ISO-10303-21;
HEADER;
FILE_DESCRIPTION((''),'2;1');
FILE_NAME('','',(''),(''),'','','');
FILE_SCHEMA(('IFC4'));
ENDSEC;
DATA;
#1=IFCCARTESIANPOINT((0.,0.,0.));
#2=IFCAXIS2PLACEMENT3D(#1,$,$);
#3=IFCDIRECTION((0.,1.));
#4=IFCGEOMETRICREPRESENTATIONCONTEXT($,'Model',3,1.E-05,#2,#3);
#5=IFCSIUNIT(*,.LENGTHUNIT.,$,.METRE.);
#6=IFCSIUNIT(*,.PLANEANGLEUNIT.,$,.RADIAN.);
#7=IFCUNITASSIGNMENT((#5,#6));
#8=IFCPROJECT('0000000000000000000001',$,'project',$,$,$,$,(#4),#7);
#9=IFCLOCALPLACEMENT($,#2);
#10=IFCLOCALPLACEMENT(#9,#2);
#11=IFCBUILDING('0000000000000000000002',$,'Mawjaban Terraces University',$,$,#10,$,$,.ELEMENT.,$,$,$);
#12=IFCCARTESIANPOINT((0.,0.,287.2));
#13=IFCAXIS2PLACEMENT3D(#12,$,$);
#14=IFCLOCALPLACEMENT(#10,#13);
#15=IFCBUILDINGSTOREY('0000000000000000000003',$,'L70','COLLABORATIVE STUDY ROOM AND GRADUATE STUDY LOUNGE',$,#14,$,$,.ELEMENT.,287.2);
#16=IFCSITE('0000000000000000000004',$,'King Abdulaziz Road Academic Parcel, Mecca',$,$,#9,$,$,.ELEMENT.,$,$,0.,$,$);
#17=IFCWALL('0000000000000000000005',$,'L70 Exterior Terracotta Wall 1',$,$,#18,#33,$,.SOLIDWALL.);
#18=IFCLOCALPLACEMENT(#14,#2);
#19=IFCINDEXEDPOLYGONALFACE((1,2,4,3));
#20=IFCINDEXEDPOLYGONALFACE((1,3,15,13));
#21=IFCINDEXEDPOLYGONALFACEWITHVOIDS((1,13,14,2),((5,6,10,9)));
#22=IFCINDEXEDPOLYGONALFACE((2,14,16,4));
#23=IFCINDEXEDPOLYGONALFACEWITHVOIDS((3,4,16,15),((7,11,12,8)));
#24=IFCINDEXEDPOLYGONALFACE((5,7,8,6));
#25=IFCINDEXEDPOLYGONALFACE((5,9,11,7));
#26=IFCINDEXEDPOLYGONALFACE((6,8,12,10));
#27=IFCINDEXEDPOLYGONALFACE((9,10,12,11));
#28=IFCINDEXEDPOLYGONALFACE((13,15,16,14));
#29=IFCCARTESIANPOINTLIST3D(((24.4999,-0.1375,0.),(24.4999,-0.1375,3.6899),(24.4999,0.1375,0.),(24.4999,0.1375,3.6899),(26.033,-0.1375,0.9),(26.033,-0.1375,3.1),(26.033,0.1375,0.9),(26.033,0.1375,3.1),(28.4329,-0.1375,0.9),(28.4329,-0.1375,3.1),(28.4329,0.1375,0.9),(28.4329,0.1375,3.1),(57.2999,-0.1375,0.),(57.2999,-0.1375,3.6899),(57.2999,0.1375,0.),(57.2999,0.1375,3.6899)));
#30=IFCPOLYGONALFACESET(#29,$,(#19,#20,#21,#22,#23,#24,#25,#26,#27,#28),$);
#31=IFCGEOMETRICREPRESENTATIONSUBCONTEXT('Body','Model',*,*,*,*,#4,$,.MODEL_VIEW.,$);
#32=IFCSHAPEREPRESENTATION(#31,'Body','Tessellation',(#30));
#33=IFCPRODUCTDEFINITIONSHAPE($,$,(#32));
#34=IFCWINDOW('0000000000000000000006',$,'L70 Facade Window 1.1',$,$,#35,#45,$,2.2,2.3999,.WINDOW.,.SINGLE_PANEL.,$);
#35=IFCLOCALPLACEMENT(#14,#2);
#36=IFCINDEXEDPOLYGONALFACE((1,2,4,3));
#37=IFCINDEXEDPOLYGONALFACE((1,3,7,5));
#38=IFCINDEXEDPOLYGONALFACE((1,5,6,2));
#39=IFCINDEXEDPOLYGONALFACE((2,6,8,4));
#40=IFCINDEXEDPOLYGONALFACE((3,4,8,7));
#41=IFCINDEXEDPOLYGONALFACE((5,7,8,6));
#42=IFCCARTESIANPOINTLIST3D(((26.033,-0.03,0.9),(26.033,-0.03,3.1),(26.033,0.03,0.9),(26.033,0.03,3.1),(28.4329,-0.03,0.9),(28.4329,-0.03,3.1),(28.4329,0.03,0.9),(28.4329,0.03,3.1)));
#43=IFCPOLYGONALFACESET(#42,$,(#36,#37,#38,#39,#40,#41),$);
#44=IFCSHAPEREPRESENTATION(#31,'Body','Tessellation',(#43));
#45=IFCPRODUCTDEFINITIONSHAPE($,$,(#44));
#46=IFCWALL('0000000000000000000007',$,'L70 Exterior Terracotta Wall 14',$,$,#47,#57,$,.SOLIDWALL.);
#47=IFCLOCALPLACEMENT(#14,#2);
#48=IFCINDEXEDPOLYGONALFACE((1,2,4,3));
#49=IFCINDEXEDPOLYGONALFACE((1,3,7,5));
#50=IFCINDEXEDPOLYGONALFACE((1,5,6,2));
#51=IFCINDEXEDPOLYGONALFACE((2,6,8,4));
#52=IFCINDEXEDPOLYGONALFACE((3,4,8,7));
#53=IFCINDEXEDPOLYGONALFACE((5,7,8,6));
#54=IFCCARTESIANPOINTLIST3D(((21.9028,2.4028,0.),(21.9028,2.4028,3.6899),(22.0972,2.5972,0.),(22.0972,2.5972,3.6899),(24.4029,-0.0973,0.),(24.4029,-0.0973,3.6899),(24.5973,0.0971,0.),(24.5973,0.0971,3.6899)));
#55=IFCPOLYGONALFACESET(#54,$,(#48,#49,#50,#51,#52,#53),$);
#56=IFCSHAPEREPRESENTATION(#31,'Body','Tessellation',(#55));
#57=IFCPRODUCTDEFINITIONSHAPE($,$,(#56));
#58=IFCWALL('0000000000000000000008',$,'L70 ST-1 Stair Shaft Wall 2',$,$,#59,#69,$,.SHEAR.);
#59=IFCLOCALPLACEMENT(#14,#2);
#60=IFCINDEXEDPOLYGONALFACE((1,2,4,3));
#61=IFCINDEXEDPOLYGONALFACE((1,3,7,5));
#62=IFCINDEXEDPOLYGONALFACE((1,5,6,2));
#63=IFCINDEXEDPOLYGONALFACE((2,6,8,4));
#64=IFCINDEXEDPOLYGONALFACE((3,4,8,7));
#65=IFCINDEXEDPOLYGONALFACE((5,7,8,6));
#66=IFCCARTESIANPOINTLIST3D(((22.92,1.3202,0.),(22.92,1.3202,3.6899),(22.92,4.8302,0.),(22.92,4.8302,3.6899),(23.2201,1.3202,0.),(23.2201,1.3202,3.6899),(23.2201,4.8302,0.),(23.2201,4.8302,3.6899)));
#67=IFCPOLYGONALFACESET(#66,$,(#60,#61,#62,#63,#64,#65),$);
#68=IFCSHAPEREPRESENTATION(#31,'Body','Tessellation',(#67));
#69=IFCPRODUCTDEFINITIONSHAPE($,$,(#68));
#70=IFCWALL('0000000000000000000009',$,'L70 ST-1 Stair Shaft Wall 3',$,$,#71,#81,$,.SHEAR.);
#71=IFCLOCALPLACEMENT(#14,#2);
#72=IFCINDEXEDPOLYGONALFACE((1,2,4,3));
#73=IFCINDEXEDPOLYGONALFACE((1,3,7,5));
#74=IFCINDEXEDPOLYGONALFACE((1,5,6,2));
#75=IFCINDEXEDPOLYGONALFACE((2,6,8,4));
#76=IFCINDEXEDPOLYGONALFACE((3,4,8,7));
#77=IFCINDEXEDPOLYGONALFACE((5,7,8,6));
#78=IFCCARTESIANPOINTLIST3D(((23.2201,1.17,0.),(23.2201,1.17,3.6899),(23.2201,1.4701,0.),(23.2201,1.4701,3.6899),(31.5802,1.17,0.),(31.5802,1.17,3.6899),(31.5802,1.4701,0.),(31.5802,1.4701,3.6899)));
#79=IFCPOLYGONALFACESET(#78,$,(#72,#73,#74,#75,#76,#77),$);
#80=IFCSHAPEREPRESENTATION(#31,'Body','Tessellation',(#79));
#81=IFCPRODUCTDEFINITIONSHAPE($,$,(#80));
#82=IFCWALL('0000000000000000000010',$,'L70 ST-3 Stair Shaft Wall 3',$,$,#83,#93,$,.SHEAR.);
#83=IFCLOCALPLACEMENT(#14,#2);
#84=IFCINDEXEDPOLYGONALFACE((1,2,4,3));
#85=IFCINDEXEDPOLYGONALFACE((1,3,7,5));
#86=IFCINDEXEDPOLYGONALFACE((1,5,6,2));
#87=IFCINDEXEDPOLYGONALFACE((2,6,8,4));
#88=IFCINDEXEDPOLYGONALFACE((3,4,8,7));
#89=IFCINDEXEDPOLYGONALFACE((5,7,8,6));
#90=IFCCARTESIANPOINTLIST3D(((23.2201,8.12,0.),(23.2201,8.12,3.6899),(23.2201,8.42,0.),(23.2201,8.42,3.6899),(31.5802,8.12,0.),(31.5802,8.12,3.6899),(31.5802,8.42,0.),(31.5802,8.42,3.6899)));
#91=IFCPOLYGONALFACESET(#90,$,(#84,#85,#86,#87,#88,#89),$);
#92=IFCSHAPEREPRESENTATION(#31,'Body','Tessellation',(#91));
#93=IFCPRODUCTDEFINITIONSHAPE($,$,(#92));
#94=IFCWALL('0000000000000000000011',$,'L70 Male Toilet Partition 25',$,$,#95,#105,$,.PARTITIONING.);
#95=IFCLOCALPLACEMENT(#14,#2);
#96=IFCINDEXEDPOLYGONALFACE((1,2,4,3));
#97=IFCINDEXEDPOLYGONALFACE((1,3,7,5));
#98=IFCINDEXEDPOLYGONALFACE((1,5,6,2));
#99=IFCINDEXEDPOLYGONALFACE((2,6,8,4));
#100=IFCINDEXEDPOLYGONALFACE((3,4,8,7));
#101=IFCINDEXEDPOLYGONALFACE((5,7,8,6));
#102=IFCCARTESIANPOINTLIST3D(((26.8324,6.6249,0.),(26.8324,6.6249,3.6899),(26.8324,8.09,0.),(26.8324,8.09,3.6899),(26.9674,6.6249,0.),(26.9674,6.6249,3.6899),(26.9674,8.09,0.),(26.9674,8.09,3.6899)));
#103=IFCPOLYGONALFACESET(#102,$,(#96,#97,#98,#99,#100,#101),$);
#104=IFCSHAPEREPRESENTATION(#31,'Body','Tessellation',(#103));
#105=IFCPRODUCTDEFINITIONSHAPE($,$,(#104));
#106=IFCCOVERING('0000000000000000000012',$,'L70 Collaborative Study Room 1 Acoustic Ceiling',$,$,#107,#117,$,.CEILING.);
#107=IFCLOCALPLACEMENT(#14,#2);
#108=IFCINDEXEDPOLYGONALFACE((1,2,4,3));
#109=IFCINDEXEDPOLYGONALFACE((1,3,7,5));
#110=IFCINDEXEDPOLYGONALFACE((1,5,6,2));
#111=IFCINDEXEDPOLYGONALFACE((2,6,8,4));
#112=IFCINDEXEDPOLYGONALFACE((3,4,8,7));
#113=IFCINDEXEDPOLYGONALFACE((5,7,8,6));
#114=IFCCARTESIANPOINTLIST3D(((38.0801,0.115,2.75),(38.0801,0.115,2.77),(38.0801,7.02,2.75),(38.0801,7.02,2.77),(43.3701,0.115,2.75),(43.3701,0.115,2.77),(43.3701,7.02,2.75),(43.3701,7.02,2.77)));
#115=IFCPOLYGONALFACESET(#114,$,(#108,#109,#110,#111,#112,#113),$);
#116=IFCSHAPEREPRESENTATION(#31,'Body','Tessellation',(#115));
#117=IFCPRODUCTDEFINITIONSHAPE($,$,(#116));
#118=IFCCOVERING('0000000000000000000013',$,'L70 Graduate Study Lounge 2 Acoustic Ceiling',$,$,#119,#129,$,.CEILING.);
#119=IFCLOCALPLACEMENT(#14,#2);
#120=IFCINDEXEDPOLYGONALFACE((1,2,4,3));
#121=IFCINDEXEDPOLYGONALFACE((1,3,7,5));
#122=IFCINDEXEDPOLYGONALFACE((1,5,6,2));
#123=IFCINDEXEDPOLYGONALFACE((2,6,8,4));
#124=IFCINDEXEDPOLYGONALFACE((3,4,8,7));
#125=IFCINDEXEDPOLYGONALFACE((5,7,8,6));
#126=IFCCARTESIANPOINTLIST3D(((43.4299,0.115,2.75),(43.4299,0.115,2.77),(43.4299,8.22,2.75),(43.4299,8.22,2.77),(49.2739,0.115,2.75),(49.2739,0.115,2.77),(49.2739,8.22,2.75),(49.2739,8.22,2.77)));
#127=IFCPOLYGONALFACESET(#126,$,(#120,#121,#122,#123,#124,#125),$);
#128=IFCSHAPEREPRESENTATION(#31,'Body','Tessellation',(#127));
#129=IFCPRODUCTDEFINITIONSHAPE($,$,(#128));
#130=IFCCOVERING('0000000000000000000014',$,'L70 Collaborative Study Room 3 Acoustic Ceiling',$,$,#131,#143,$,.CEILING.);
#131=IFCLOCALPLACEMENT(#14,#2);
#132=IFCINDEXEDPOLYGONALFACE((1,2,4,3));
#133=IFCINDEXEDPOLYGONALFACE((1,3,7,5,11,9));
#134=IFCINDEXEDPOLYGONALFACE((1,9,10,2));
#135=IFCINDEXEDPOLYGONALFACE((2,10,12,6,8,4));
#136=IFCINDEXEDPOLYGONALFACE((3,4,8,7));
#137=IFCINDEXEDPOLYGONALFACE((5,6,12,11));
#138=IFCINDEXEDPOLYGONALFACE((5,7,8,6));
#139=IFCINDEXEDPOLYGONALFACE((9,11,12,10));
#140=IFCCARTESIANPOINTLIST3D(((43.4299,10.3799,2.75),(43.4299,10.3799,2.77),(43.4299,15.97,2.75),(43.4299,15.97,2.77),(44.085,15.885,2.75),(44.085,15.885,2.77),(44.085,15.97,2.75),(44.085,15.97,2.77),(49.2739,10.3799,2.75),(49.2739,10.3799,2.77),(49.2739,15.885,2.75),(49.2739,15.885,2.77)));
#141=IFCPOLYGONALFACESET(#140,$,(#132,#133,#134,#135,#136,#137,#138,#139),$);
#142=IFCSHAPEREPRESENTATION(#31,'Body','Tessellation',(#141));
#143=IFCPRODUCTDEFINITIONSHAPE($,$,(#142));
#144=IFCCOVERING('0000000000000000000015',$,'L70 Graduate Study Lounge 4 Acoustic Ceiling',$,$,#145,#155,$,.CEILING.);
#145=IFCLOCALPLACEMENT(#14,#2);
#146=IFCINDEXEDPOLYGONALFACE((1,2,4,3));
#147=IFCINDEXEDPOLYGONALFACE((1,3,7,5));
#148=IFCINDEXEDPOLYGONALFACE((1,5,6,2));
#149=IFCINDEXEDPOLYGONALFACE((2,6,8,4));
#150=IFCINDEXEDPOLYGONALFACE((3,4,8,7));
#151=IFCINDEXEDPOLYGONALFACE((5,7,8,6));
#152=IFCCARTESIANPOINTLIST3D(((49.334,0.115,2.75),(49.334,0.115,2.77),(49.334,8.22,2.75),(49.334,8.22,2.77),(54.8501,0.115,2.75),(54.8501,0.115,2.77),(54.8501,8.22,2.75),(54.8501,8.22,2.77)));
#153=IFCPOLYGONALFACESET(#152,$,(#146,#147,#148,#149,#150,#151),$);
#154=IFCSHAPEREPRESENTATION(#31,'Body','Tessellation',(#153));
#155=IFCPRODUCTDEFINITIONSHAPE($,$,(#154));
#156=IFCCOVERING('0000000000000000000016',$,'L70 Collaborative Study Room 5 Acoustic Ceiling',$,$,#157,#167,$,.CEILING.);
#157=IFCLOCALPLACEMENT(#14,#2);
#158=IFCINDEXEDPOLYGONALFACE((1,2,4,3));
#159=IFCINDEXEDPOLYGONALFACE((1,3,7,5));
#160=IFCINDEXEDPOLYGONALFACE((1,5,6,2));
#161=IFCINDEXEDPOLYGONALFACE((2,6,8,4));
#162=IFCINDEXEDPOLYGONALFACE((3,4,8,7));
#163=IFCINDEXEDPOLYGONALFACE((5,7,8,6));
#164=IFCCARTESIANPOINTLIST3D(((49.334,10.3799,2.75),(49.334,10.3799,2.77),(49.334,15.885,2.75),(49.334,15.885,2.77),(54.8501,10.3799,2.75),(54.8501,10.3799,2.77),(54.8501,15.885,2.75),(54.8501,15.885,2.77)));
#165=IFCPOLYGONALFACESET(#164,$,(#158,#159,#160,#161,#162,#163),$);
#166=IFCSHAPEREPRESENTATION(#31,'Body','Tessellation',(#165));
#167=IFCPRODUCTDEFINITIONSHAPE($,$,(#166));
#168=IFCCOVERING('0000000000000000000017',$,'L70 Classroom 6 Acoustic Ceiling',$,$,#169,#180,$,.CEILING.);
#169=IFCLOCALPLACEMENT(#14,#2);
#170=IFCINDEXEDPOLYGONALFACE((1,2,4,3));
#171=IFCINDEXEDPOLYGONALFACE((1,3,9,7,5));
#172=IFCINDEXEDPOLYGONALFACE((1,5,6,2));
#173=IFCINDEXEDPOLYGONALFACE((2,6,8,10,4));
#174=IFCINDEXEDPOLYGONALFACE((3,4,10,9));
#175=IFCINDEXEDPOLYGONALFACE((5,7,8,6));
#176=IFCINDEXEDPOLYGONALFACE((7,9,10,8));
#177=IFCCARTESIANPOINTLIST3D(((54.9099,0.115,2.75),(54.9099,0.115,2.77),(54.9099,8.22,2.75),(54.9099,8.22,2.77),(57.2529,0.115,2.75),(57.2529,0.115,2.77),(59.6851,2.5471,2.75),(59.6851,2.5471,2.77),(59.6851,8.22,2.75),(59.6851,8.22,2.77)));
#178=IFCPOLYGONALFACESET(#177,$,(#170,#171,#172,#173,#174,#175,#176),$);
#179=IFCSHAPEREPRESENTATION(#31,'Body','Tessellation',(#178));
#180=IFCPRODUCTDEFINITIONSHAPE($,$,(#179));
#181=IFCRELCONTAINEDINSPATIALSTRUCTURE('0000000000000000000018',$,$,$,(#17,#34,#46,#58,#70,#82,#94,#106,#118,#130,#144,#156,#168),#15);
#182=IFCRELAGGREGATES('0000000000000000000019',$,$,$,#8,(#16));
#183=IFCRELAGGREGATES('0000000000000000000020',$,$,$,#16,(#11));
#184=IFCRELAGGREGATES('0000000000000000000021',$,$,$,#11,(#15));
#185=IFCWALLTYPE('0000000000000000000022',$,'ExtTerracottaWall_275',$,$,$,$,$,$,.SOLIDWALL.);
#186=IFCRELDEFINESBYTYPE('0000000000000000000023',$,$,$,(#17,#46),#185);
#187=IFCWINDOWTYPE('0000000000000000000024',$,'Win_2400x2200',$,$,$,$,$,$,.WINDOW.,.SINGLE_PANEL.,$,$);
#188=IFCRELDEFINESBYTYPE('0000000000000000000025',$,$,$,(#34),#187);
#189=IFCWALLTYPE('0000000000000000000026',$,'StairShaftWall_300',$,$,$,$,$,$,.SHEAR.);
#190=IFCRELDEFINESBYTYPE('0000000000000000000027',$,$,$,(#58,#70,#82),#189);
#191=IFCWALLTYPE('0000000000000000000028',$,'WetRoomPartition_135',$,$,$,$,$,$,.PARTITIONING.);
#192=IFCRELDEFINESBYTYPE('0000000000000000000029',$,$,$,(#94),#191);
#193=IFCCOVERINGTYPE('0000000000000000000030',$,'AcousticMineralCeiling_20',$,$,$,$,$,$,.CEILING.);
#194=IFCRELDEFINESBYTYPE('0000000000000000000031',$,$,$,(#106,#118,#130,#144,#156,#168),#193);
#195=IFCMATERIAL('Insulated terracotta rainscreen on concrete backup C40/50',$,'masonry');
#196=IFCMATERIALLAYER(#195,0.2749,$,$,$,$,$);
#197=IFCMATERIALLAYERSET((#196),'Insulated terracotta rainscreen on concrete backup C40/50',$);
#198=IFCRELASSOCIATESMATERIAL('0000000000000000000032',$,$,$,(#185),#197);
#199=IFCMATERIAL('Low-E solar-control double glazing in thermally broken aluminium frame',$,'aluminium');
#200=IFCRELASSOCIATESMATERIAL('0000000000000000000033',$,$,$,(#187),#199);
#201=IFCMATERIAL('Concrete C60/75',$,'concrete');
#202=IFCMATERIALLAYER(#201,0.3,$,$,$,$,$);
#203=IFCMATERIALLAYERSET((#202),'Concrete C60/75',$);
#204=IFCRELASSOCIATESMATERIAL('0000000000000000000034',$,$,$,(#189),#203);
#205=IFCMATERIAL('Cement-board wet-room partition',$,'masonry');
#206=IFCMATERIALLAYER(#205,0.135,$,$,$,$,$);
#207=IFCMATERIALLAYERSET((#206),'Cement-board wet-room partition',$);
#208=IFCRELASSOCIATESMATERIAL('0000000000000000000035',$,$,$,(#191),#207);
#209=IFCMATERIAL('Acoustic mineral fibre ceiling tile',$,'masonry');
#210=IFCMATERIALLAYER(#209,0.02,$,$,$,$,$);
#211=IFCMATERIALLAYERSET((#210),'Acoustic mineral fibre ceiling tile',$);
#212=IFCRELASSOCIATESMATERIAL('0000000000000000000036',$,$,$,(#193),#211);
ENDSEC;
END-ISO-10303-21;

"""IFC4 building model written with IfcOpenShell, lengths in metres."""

from ifc_helpers import new_model, si_unit, direction, frame, frame_2d, origin, place, context, subcontext, project, spatial, polyline, rectangle, outline, extrude, material, layer, layer_set, type_object, element, fill, save


model = new_model("IFC4")

# Units and contexts
model_context = context("Model", 3, precision=1e-05, world=origin(), true_north=direction((0.0, 1.0)))
body_context = subcontext(model_context, "Body", "Model", "MODEL_VIEW")
ifc_project = project(units=[si_unit("LENGTHUNIT", "METRE"), si_unit("PLANEANGLEUNIT", "RADIAN")], contexts=[model_context])

# Site, building, storey
site_placement = place(None, origin())
site = spatial("IfcSite", under=ifc_project, at=site_placement, Name="King Abdulaziz Road Academic Parcel, Mecca", CompositionType="ELEMENT", RefElevation=0.0)
building_placement = place(site_placement, origin())
building = spatial("IfcBuilding", under=site, at=building_placement, Name="Mawjaban Terraces University", CompositionType="ELEMENT")
storey_placement = place(building_placement, frame((0.0, 0.0, 287.2)))
storey = spatial("IfcBuildingStorey", under=building, at=storey_placement, Name="L70", Description="COLLABORATIVE STUDY ROOM AND GRADUATE STUDY LOUNGE", CompositionType="ELEMENT", Elevation=287.2)

# Wall, opening, window
ifc_material_1 = material(Name="Insulated terracotta rainscreen on concrete backup C40/50", Category="masonry")
ifc_layer_1 = layer(ifc_material_1, 0.2749)
ifc_layer_set_1 = layer_set([ifc_layer_1], Name="Insulated terracotta rainscreen on concrete backup C40/50")
wall_type_1 = type_object("IfcWallType", Name="ExtTerracottaWall_275", PredefinedType="SOLIDWALL", material=ifc_layer_set_1)
wall_1_placement = place(storey_placement, frame((24.5, 0.0, 0.0), z_axis=(0.0, 0.0, 1.0), x_axis=(1.0, 0.0, 0.0)))
wall_1 = element("IfcWall", 1, at=wall_1_placement, inside=storey, type_object=wall_type_1, Name="L70 Exterior Terracotta Wall 1", PredefinedType="SOLIDWALL", context=body_context, shape_type="SweptSolid", body=[
    extrude(rectangle(XDim=32.8, YDim=0.2749, at=frame_2d((16.3999, 0.0))), origin(), (0.0, 0.0, 1.0), 3.6899),
])
opening_1_placement = place(wall_1_placement, frame((1.533, 0.0, 0.8999)))
opening_1 = element("IfcOpeningElement", 2, at=opening_1_placement, cuts=wall_1, PredefinedType="OPENING", context=body_context, shape_type="SweptSolid", body=[
    extrude(rectangle(XDim=2.3999, YDim=2.2, at=frame_2d((1.2, 1.1001))), frame((0.0, 0.1475, 0.0), z_axis=(0.0, -1.0, 0.0), x_axis=(1.0, 0.0, 0.0)), (0.0, 0.0, 1.0), 0.2949),
])
ifc_material_2 = material(Name="Low-E solar-control double glazing in thermally broken aluminium frame", Category="aluminium")
window_type = type_object("IfcWindowType", Name="Win_2400x2200", PartitioningType="SINGLE_PANEL", PredefinedType="WINDOW", material=ifc_material_2)
window_placement = place(opening_1_placement, origin())
window = element("IfcWindow", 3, at=window_placement, inside=storey, type_object=window_type, Name="L70 Facade Window 1.1", OverallHeight=2.2, OverallWidth=2.3999, PartitioningType="SINGLE_PANEL", PredefinedType="WINDOW", context=body_context, shape_type="SweptSolid", body=[
    extrude(rectangle(XDim=2.3999, YDim=2.2, at=frame_2d((1.2, 1.1001))), frame((0.0, 0.03, 0.0), z_axis=(0.0, -1.0, 0.0), x_axis=(1.0, 0.0, 0.0)), (0.0, 0.0, 1.0), 0.0601),
])
fill(opening_1, window)

# Walls
wall_2_placement = place(storey_placement, frame((22.0, 2.5, 0.0), z_axis=(0.0, 0.0, 1.0), x_axis=(0.707107, -0.707107, 0.0)))
element("IfcWall", 4, at=wall_2_placement, inside=storey, type_object=wall_type_1, Name="L70 Exterior Terracotta Wall 14", PredefinedType="SOLIDWALL", context=body_context, shape_type="SweptSolid", body=[
    extrude(rectangle(XDim=3.5356, YDim=0.2749, at=frame_2d((1.7678, 0.0))), origin(), (0.0, 0.0, 1.0), 3.6899),
])
ifc_material_3 = material(Name="Concrete C60/75", Category="concrete")
ifc_layer_2 = layer(ifc_material_3, 0.3)
ifc_layer_set_2 = layer_set([ifc_layer_2], Name="Concrete C60/75")
wall_type_2 = type_object("IfcWallType", Name="StairShaftWall_300", PredefinedType="SHEAR", material=ifc_layer_set_2)
wall_3_placement = place(storey_placement, frame((23.0701, 4.8301, 0.0), z_axis=(0.0, 0.0, 1.0), x_axis=(0.0, -1.0, 0.0)))
element("IfcWall", 5, at=wall_3_placement, inside=storey, type_object=wall_type_2, Name="L70 ST-1 Stair Shaft Wall 2", PredefinedType="SHEAR", context=body_context, shape_type="SweptSolid", body=[
    extrude(rectangle(XDim=3.51, YDim=0.3, at=frame_2d((1.7549, 0.0))), origin(), (0.0, 0.0, 1.0), 3.6899),
])
for number, where, z_axis, x_axis, name in (
    (6, (23.22, 1.3201, 0.0), (0.0, 0.0, 1.0), (1.0, 0.0, 0.0), "L70 ST-1 Stair Shaft Wall 3"),
    (7, (23.22, 8.27, 0.0), (0.0, 0.0, 1.0), (1.0, 0.0, 0.0), "L70 ST-3 Stair Shaft Wall 3"),
):
    element("IfcWall", number, at=place(storey_placement, frame(where, z_axis=z_axis, x_axis=x_axis)), inside=storey, type_object=wall_type_2, Name=name, PredefinedType="SHEAR", context=body_context, shape_type="SweptSolid", body=[
        extrude(rectangle(XDim=8.3601, YDim=0.3, at=frame_2d((4.1802, 0.0))), origin(), (0.0, 0.0, 1.0), 3.6899),
    ])
ifc_material_4 = material(Name="Cement-board wet-room partition", Category="masonry")
ifc_layer_3 = layer(ifc_material_4, 0.135)
ifc_layer_set_3 = layer_set([ifc_layer_3], Name="Cement-board wet-room partition")
wall_type_3 = type_object("IfcWallType", Name="WetRoomPartition_135", PredefinedType="PARTITIONING", material=ifc_layer_set_3)
wall_4_placement = place(storey_placement, frame((26.8999, 6.625, 0.0), z_axis=(0.0, 0.0, 1.0), x_axis=(0.0, 1.0, 0.0)))
element("IfcWall", 8, at=wall_4_placement, inside=storey, type_object=wall_type_3, Name="L70 Male Toilet Partition 25", PredefinedType="PARTITIONING", context=body_context, shape_type="SweptSolid", body=[
    extrude(rectangle(XDim=1.4651, YDim=0.135, at=frame_2d((0.7324, 0.0))), origin(), (0.0, 0.0, 1.0), 3.6899),
])

# Coverings
ifc_material_5 = material(Name="Acoustic mineral fibre ceiling tile", Category="masonry")
ifc_layer_4 = layer(ifc_material_5, 0.02)
ifc_layer_set_4 = layer_set([ifc_layer_4], Name="Acoustic mineral fibre ceiling tile")
covering_type_1 = type_object("IfcCoveringType", Name="AcousticMineralCeiling_20", PredefinedType="CEILING", material=ifc_layer_set_4)
covering_1_placement = place(storey_placement, frame((0.0, 0.0, 2.75)))
element("IfcCovering", 9, at=covering_1_placement, inside=storey, type_object=covering_type_1, Name="L70 Collaborative Study Room 1 Acoustic Ceiling", PredefinedType="CEILING", context=body_context, shape_type="SweptSolid", body=[
    extrude(outline(polyline([(38.0801, 7.02), (38.0801, 0.115), (43.3701, 0.115), (43.3701, 7.02), (38.0801, 7.02)])), origin(), (0.0, 0.0, 1.0), 0.02),
])
covering_2_placement = place(storey_placement, frame((0.0, 0.0, 2.75)))
element("IfcCovering", 10, at=covering_2_placement, inside=storey, type_object=covering_type_1, Name="L70 Graduate Study Lounge 2 Acoustic Ceiling", PredefinedType="CEILING", context=body_context, shape_type="SweptSolid", body=[
    extrude(outline(polyline([(43.4299, 0.115), (49.2739, 0.115), (49.2739, 8.22), (43.4299, 8.22), (43.4299, 0.115)])), origin(), (0.0, 0.0, 1.0), 0.02),
])
covering_3_placement = place(storey_placement, frame((0.0, 0.0, 2.75)))
element("IfcCovering", 11, at=covering_3_placement, inside=storey, type_object=covering_type_1, Name="L70 Collaborative Study Room 3 Acoustic Ceiling", PredefinedType="CEILING", context=body_context, shape_type="SweptSolid", body=[
    extrude(outline(polyline([(49.2739, 15.885), (44.085, 15.885), (44.085, 15.97), (43.4299, 15.97), (43.4299, 10.3799), (49.2739, 10.3799), (49.2739, 15.885)])), origin(), (0.0, 0.0, 1.0), 0.02),
])
covering_4_placement = place(storey_placement, frame((0.0, 0.0, 2.75)))
element("IfcCovering", 12, at=covering_4_placement, inside=storey, type_object=covering_type_1, Name="L70 Graduate Study Lounge 4 Acoustic Ceiling", PredefinedType="CEILING", context=body_context, shape_type="SweptSolid", body=[
    extrude(outline(polyline([(49.334, 0.115), (54.8501, 0.115), (54.8501, 8.22), (49.334, 8.22), (49.334, 0.115)])), origin(), (0.0, 0.0, 1.0), 0.02),
])
covering_5_placement = place(storey_placement, frame((0.0, 0.0, 2.75)))
element("IfcCovering", 13, at=covering_5_placement, inside=storey, type_object=covering_type_1, Name="L70 Collaborative Study Room 5 Acoustic Ceiling", PredefinedType="CEILING", context=body_context, shape_type="SweptSolid", body=[
    extrude(outline(polyline([(54.8501, 15.885), (49.334, 15.885), (49.334, 10.3799), (54.8501, 10.3799), (54.8501, 15.885)])), origin(), (0.0, 0.0, 1.0), 0.02),
])
covering_6_placement = place(storey_placement, frame((0.0, 0.0, 2.75)))
element("IfcCovering", 14, at=covering_6_placement, inside=storey, type_object=covering_type_1, Name="L70 Classroom 6 Acoustic Ceiling", PredefinedType="CEILING", context=body_context, shape_type="SweptSolid", body=[
    extrude(outline(polyline([(54.9099, 0.115), (57.2529, 0.115), (59.6851, 2.5471), (59.6851, 8.22), (54.9099, 8.22), (54.9099, 0.115)])), origin(), (0.0, 0.0, 1.0), 0.02),
])

save(model, "model.ifc")
